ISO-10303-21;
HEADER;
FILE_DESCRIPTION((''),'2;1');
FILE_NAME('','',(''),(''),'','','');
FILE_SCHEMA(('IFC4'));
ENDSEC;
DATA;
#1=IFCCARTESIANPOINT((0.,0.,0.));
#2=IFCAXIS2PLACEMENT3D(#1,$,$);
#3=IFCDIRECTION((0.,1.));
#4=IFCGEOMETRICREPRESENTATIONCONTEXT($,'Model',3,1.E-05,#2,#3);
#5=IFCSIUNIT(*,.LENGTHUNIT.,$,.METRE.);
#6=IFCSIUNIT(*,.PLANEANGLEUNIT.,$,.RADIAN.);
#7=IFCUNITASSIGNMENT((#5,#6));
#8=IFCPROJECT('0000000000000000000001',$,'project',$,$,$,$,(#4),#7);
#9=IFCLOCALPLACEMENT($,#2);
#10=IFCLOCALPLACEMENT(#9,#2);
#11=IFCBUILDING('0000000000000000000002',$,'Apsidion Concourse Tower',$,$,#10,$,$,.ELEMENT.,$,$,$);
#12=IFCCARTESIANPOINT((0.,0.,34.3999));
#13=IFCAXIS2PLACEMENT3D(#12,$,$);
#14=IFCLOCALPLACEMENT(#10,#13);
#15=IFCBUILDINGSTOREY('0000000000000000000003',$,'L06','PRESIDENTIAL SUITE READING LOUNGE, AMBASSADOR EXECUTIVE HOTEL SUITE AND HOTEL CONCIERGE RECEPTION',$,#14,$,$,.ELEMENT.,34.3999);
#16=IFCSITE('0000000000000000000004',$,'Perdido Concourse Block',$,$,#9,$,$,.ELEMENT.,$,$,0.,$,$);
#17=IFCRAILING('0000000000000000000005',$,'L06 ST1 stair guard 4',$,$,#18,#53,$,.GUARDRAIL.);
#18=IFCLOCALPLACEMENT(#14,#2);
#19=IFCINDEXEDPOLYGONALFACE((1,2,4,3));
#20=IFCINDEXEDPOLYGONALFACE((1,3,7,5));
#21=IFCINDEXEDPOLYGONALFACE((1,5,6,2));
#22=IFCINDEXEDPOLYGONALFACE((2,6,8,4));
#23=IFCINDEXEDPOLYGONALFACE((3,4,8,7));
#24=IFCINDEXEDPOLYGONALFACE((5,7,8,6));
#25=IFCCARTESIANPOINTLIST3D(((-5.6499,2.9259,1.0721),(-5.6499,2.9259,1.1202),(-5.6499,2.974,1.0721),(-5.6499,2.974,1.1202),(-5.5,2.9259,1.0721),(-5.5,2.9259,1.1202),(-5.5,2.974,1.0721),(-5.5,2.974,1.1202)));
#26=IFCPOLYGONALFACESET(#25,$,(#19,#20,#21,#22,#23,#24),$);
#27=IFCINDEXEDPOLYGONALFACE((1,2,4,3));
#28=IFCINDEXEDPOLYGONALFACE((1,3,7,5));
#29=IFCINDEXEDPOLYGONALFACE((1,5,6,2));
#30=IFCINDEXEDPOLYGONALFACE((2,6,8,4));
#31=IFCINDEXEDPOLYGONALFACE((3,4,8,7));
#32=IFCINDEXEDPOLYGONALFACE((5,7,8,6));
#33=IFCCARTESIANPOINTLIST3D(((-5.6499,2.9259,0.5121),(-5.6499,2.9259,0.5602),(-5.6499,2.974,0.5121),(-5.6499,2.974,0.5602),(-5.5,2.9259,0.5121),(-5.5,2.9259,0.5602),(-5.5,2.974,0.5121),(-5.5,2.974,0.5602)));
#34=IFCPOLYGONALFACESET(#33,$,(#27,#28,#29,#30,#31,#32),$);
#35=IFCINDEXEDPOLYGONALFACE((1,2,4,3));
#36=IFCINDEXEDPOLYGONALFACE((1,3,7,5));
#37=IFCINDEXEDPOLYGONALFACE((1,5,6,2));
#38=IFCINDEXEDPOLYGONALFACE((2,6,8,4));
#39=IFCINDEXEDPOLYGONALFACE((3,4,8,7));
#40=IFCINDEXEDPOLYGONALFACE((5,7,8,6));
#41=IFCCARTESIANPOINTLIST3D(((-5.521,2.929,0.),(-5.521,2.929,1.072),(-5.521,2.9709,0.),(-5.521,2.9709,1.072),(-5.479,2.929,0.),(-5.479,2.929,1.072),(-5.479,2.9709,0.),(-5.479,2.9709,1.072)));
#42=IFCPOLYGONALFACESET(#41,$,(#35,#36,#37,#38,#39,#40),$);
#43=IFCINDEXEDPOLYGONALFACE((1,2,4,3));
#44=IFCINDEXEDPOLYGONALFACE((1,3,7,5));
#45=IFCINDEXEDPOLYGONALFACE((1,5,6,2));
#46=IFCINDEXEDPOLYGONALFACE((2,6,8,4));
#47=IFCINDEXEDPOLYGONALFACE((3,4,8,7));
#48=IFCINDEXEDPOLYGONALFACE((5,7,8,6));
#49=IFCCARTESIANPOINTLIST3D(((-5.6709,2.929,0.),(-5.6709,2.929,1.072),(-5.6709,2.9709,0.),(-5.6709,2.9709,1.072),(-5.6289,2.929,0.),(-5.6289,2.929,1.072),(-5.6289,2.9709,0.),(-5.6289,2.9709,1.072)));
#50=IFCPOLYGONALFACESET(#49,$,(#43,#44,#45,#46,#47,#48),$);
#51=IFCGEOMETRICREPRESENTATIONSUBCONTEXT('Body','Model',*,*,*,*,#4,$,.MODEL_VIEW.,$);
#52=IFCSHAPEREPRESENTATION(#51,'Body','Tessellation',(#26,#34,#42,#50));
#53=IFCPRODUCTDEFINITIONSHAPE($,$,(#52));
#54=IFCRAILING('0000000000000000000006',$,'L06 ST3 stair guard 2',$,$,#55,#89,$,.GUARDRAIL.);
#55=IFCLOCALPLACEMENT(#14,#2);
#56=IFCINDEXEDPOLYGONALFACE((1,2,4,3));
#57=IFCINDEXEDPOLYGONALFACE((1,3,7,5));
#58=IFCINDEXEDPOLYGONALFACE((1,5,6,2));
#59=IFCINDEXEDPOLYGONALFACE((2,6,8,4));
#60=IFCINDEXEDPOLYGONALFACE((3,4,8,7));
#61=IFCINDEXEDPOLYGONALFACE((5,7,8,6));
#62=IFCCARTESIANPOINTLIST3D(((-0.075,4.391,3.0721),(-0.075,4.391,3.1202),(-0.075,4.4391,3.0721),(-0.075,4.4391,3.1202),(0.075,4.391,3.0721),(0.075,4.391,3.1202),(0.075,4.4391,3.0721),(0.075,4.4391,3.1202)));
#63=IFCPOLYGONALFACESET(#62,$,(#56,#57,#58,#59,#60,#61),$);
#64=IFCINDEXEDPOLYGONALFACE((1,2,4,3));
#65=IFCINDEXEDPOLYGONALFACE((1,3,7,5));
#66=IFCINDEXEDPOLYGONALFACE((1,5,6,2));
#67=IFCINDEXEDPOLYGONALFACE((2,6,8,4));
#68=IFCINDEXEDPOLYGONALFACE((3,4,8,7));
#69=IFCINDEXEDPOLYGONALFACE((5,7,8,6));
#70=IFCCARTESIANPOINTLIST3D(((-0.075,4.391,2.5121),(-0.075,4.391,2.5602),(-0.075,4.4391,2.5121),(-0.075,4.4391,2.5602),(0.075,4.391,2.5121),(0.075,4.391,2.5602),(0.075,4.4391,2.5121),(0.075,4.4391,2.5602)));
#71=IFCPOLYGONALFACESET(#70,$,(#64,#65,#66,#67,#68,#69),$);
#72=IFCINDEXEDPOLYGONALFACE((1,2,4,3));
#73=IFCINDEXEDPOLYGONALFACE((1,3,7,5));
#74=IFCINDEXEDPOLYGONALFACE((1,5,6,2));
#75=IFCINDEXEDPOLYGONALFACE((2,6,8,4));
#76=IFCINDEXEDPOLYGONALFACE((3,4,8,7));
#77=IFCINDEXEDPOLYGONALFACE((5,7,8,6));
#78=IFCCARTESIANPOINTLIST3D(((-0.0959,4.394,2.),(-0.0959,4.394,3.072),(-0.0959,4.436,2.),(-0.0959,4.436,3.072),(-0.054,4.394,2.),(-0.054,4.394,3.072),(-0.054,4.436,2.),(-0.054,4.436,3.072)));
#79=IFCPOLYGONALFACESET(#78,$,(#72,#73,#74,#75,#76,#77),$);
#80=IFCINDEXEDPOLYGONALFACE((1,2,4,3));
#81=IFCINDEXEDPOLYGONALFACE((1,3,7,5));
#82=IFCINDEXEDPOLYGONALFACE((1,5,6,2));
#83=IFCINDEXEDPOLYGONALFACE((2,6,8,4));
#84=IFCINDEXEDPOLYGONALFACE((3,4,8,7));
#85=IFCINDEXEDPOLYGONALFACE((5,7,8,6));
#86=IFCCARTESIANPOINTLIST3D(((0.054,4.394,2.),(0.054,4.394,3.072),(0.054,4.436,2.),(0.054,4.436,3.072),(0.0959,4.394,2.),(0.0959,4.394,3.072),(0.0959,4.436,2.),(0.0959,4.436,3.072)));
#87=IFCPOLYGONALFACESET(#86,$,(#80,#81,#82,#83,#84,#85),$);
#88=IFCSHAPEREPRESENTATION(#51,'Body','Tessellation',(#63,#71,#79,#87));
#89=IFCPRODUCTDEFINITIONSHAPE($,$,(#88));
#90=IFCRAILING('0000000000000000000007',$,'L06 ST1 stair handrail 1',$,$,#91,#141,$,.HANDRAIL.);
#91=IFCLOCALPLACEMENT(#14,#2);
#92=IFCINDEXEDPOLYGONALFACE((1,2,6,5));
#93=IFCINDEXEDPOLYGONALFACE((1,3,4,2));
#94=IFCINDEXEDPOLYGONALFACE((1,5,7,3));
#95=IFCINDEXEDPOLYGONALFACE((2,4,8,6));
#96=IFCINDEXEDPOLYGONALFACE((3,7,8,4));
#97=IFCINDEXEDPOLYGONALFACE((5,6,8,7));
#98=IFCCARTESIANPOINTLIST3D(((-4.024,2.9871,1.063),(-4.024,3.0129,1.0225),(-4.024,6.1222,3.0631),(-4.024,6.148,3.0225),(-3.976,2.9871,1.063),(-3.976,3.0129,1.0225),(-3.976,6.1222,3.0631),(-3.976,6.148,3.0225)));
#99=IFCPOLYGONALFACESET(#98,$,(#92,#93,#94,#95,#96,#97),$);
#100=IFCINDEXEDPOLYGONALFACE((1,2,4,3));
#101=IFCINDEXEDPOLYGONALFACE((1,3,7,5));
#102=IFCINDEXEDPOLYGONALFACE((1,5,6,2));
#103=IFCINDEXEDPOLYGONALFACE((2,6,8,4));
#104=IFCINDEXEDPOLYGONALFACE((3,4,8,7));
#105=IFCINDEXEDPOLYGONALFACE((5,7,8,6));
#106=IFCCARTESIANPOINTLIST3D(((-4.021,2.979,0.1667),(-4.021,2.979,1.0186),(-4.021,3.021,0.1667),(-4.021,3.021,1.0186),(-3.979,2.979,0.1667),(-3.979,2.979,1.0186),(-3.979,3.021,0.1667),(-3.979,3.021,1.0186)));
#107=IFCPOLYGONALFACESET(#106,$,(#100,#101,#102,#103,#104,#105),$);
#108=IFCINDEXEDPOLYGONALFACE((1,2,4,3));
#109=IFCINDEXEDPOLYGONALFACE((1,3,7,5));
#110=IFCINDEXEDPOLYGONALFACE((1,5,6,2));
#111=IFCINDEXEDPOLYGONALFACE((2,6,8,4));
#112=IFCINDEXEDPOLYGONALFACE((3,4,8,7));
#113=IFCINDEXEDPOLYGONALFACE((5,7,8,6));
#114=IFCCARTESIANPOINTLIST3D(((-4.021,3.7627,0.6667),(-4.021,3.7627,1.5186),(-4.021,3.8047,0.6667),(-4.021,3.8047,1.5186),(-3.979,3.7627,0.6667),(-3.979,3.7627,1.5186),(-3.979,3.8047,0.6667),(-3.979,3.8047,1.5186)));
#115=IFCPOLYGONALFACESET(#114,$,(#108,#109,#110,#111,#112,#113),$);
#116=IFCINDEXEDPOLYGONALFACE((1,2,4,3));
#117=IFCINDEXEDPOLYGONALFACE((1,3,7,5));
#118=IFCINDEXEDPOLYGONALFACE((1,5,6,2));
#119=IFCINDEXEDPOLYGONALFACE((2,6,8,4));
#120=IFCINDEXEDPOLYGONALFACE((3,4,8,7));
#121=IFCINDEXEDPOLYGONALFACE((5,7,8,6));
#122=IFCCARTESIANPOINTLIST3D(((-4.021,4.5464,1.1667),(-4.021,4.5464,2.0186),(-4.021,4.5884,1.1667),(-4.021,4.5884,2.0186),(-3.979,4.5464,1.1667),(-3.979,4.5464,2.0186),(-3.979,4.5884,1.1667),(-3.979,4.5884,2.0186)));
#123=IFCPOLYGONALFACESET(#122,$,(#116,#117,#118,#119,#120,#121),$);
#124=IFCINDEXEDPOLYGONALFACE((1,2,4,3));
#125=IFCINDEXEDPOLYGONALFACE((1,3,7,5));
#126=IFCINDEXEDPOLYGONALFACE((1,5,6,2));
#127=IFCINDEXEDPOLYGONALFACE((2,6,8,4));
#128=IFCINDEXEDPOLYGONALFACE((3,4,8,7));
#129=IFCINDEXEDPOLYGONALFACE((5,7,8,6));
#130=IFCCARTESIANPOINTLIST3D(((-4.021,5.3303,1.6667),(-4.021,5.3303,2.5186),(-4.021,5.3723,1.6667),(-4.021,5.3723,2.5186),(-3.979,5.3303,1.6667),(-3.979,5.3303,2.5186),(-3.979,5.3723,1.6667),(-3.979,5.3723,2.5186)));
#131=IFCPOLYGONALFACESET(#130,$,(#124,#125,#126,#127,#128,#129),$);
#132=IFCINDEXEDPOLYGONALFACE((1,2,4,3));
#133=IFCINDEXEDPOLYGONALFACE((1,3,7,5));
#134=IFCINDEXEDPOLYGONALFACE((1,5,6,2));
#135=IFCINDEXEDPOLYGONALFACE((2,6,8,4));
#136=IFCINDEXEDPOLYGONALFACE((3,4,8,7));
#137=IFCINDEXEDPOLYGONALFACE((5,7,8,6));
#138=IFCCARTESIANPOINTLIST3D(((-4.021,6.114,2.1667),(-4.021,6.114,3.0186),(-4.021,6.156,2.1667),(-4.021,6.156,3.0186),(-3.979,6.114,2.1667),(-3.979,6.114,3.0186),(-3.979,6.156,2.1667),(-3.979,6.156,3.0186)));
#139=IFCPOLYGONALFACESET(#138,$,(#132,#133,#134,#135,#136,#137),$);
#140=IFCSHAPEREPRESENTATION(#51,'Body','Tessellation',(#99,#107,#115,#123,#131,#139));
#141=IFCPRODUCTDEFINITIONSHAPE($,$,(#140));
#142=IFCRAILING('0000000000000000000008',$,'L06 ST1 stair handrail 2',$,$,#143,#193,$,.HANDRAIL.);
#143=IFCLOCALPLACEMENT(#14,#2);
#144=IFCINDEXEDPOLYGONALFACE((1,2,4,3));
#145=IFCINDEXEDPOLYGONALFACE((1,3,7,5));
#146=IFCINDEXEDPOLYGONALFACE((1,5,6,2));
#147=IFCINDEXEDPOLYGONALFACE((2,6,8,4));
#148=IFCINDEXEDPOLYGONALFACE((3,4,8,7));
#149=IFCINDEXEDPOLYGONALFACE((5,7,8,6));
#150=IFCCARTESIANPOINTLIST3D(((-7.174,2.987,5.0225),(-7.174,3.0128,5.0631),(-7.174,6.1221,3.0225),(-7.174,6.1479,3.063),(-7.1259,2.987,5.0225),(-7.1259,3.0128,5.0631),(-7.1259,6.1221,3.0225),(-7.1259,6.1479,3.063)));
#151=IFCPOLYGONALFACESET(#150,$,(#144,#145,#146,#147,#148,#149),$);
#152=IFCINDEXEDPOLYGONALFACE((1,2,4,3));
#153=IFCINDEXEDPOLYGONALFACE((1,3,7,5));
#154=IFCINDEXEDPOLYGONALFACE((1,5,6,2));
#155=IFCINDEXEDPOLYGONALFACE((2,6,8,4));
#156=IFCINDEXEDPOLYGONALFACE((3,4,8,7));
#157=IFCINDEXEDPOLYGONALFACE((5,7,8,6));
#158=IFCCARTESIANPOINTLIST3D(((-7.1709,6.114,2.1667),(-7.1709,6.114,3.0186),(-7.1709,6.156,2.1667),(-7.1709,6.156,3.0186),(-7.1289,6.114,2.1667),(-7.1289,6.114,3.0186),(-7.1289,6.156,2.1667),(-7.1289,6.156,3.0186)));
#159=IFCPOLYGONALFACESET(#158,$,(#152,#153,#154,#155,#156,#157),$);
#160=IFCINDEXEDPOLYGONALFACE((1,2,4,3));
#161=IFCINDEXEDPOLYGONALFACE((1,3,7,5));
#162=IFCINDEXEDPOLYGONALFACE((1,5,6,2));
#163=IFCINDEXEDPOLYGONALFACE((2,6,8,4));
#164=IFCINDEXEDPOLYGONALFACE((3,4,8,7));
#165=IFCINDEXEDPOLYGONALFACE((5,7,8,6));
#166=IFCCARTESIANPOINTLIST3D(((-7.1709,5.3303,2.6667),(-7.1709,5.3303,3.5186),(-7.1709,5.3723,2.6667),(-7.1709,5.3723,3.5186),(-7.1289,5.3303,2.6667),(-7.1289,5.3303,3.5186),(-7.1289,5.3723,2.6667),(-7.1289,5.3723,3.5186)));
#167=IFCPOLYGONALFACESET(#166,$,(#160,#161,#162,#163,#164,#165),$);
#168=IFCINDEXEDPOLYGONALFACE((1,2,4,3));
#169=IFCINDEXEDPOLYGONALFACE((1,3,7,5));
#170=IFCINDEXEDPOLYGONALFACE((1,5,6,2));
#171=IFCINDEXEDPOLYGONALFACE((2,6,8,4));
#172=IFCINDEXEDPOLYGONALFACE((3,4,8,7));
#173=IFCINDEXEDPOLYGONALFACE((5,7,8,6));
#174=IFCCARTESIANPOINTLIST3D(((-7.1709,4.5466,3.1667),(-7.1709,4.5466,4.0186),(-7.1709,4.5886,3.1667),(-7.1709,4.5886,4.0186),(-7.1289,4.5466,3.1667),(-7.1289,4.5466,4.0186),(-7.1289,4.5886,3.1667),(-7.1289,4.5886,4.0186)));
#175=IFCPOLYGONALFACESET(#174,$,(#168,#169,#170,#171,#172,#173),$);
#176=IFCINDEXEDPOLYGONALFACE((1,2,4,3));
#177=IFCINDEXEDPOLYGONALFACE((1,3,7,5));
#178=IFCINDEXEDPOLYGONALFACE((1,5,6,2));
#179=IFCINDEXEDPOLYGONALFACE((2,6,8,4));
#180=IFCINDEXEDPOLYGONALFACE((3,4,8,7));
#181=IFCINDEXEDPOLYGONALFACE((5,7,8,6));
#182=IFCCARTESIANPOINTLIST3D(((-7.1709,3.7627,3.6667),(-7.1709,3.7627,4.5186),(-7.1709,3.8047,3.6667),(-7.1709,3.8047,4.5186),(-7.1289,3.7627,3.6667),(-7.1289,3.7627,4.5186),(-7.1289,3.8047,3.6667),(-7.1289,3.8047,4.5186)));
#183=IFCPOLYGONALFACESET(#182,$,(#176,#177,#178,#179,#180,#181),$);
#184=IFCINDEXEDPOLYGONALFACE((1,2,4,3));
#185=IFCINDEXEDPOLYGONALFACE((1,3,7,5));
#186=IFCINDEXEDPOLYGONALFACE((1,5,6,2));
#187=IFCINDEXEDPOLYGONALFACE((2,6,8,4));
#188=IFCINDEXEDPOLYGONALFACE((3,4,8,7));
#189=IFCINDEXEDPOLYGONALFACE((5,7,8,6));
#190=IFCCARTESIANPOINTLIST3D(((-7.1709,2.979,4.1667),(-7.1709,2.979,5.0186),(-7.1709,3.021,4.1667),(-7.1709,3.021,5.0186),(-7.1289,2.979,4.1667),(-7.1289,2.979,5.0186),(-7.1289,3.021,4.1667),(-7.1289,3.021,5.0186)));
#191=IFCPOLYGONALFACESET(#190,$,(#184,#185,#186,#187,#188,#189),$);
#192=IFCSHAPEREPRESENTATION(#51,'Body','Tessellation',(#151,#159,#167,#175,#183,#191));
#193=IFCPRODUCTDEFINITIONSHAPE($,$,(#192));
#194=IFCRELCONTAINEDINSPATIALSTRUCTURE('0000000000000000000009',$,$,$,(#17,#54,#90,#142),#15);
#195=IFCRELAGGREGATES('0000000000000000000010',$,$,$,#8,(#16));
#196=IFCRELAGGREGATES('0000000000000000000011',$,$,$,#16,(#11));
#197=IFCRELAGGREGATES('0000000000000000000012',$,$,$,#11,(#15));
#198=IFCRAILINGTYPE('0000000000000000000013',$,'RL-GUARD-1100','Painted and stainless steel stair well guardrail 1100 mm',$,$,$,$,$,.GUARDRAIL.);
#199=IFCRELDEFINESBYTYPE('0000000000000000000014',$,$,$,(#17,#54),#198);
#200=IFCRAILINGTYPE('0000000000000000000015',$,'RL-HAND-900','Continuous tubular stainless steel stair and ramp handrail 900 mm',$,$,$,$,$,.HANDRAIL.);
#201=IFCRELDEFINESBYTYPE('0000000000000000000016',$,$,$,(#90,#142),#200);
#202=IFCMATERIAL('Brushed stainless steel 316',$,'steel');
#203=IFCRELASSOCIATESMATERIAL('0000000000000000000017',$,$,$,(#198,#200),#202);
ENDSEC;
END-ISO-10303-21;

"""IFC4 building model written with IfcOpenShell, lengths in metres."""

from ifc_helpers import new_model, si_unit, direction, frame, origin, origin_2d, place, context, subcontext, project, spatial, rectangle, extrude, material, type_object, element, save


model = new_model("IFC4")

# Units and contexts
model_context = context("Model", 3, precision=1e-05, world=origin(), true_north=direction((0.0, 1.0)))
body_context = subcontext(model_context, "Body", "Model", "MODEL_VIEW")
ifc_project = project(units=[si_unit("LENGTHUNIT", "METRE"), si_unit("PLANEANGLEUNIT", "RADIAN")], contexts=[model_context])

# Site, building, storey
site_placement = place(None, origin())
site = spatial("IfcSite", under=ifc_project, at=site_placement, Name="Perdido Concourse Block", CompositionType="ELEMENT", RefElevation=0.0)
building_placement = place(site_placement, origin())
building = spatial("IfcBuilding", under=site, at=building_placement, Name="Apsidion Concourse Tower", CompositionType="ELEMENT")
storey_placement = place(building_placement, frame((0.0, 0.0, 34.3999)))
storey = spatial("IfcBuildingStorey", under=building, at=storey_placement, Name="L06", Description="PRESIDENTIAL SUITE READING LOUNGE, AMBASSADOR EXECUTIVE HOTEL SUITE AND HOTEL CONCIERGE RECEPTION", CompositionType="ELEMENT", Elevation=34.3999)

# Shared definitions
ifc_material_1 = material(Name="Brushed stainless steel 316", Category="steel")

# Railings
railing_type_1 = type_object("IfcRailingType", Name="RL-GUARD-1100", Description="Painted and stainless steel stair well guardrail 1100 mm", PredefinedType="GUARDRAIL", material=ifc_material_1)
railing_1_placement = place(storey_placement, frame((-5.5, 2.95, 0.0)))
element("IfcRailing", 1, at=railing_1_placement, inside=storey, type_object=railing_type_1, Name="L06 ST1 stair guard 4", PredefinedType="GUARDRAIL", context=body_context, shape_type="SweptSolid", body=[
    extrude(rectangle(XDim=0.0481, YDim=0.0481, at=origin_2d()), frame((0.0, 0.0, 1.0962), z_axis=(-1.0, 0.0, 0.0), x_axis=(0.0, -1.0, 0.0)), (0.0, 0.0, 1.0), 0.1499),
    extrude(rectangle(XDim=0.0481, YDim=0.0481, at=origin_2d()), frame((0.0, 0.0, 0.5361), z_axis=(-1.0, 0.0, 0.0), x_axis=(0.0, -1.0, 0.0)), (0.0, 0.0, 1.0), 0.1499),
    extrude(rectangle(XDim=0.042, YDim=0.042, at=origin_2d()), origin(), (0.0, 0.0, 1.0), 1.072),
    extrude(rectangle(XDim=0.042, YDim=0.042, at=origin_2d()), frame((-0.1499, 0.0, 0.0)), (0.0, 0.0, 1.0), 1.072),
])
railing_2_placement = place(storey_placement, frame((-0.075, 4.415, 2.0)))
element("IfcRailing", 2, at=railing_2_placement, inside=storey, type_object=railing_type_1, Name="L06 ST3 stair guard 2", PredefinedType="GUARDRAIL", context=body_context, shape_type="SweptSolid", body=[
    extrude(rectangle(XDim=0.0481, YDim=0.0481, at=origin_2d()), frame((0.0, 0.0, 1.0962), z_axis=(1.0, 0.0, 0.0), x_axis=(0.0, 1.0, 0.0)), (0.0, 0.0, 1.0), 0.1499),
    extrude(rectangle(XDim=0.0481, YDim=0.0481, at=origin_2d()), frame((0.0, 0.0, 0.5361), z_axis=(1.0, 0.0, 0.0), x_axis=(0.0, 1.0, 0.0)), (0.0, 0.0, 1.0), 0.1499),
    extrude(rectangle(XDim=0.042, YDim=0.042, at=origin_2d()), origin(), (0.0, 0.0, 1.0), 1.072),
    extrude(rectangle(XDim=0.042, YDim=0.042, at=origin_2d()), frame((0.1499, 0.0, 0.0)), (0.0, 0.0, 1.0), 1.072),
])
railing_type_2 = type_object("IfcRailingType", Name="RL-HAND-900", Description="Continuous tubular stainless steel stair and ramp handrail 900 mm", PredefinedType="HANDRAIL", material=ifc_material_1)
railing_3_placement = place(storey_placement, frame((-4.0, 3.0, 0.1667)))
element("IfcRailing", 3, at=railing_3_placement, inside=storey, type_object=railing_type_2, Name="L06 ST1 stair handrail 1", PredefinedType="HANDRAIL", context=body_context, shape_type="SweptSolid", body=[
    extrude(rectangle(XDim=0.0481, YDim=0.0481, at=origin_2d()), frame((0.0, 0.0, 0.876), z_axis=(0.0, 0.843053, 0.537831), x_axis=(-1.0, 0.0, 0.0)), (0.0, 0.0, 1.0), 3.7188),
    extrude(rectangle(XDim=0.042, YDim=0.042, at=origin_2d()), origin(), (0.0, 0.0, 1.0), 0.8518),
    extrude(rectangle(XDim=0.042, YDim=0.042, at=origin_2d()), frame((0.0, 0.7837, 0.5)), (0.0, 0.0, 1.0), 0.8518),
    extrude(rectangle(XDim=0.042, YDim=0.042, at=origin_2d()), frame((0.0, 1.5674, 1.0)), (0.0, 0.0, 1.0), 0.8518),
    extrude(rectangle(XDim=0.042, YDim=0.042, at=origin_2d()), frame((0.0, 2.3513, 1.5)), (0.0, 0.0, 1.0), 0.8518),
    extrude(rectangle(XDim=0.042, YDim=0.042, at=origin_2d()), frame((0.0, 3.135, 2.0)), (0.0, 0.0, 1.0), 0.8518),
])
railing_4_placement = place(storey_placement, frame((-7.1499, 6.135, 2.1667)))
element("IfcRailing", 4, at=railing_4_placement, inside=storey, type_object=railing_type_2, Name="L06 ST1 stair handrail 2", PredefinedType="HANDRAIL", context=body_context, shape_type="SweptSolid", body=[
    extrude(rectangle(XDim=0.0481, YDim=0.0481, at=origin_2d()), frame((0.0, 0.0, 0.876), z_axis=(0.0, -0.843053, 0.537831), x_axis=(1.0, 0.0, 0.0)), (0.0, 0.0, 1.0), 3.7188),
    extrude(rectangle(XDim=0.042, YDim=0.042, at=origin_2d()), origin(), (0.0, 0.0, 1.0), 0.8518),
    extrude(rectangle(XDim=0.042, YDim=0.042, at=origin_2d()), frame((0.0, -0.7837, 0.5)), (0.0, 0.0, 1.0), 0.8518),
    extrude(rectangle(XDim=0.042, YDim=0.042, at=origin_2d()), frame((0.0, -1.5674, 1.0)), (0.0, 0.0, 1.0), 0.8518),
    extrude(rectangle(XDim=0.042, YDim=0.042, at=origin_2d()), frame((0.0, -2.3513, 1.5)), (0.0, 0.0, 1.0), 0.8518),
    extrude(rectangle(XDim=0.042, YDim=0.042, at=origin_2d()), frame((0.0, -3.135, 2.0)), (0.0, 0.0, 1.0), 0.8518),
])

save(model, "model.ifc")
